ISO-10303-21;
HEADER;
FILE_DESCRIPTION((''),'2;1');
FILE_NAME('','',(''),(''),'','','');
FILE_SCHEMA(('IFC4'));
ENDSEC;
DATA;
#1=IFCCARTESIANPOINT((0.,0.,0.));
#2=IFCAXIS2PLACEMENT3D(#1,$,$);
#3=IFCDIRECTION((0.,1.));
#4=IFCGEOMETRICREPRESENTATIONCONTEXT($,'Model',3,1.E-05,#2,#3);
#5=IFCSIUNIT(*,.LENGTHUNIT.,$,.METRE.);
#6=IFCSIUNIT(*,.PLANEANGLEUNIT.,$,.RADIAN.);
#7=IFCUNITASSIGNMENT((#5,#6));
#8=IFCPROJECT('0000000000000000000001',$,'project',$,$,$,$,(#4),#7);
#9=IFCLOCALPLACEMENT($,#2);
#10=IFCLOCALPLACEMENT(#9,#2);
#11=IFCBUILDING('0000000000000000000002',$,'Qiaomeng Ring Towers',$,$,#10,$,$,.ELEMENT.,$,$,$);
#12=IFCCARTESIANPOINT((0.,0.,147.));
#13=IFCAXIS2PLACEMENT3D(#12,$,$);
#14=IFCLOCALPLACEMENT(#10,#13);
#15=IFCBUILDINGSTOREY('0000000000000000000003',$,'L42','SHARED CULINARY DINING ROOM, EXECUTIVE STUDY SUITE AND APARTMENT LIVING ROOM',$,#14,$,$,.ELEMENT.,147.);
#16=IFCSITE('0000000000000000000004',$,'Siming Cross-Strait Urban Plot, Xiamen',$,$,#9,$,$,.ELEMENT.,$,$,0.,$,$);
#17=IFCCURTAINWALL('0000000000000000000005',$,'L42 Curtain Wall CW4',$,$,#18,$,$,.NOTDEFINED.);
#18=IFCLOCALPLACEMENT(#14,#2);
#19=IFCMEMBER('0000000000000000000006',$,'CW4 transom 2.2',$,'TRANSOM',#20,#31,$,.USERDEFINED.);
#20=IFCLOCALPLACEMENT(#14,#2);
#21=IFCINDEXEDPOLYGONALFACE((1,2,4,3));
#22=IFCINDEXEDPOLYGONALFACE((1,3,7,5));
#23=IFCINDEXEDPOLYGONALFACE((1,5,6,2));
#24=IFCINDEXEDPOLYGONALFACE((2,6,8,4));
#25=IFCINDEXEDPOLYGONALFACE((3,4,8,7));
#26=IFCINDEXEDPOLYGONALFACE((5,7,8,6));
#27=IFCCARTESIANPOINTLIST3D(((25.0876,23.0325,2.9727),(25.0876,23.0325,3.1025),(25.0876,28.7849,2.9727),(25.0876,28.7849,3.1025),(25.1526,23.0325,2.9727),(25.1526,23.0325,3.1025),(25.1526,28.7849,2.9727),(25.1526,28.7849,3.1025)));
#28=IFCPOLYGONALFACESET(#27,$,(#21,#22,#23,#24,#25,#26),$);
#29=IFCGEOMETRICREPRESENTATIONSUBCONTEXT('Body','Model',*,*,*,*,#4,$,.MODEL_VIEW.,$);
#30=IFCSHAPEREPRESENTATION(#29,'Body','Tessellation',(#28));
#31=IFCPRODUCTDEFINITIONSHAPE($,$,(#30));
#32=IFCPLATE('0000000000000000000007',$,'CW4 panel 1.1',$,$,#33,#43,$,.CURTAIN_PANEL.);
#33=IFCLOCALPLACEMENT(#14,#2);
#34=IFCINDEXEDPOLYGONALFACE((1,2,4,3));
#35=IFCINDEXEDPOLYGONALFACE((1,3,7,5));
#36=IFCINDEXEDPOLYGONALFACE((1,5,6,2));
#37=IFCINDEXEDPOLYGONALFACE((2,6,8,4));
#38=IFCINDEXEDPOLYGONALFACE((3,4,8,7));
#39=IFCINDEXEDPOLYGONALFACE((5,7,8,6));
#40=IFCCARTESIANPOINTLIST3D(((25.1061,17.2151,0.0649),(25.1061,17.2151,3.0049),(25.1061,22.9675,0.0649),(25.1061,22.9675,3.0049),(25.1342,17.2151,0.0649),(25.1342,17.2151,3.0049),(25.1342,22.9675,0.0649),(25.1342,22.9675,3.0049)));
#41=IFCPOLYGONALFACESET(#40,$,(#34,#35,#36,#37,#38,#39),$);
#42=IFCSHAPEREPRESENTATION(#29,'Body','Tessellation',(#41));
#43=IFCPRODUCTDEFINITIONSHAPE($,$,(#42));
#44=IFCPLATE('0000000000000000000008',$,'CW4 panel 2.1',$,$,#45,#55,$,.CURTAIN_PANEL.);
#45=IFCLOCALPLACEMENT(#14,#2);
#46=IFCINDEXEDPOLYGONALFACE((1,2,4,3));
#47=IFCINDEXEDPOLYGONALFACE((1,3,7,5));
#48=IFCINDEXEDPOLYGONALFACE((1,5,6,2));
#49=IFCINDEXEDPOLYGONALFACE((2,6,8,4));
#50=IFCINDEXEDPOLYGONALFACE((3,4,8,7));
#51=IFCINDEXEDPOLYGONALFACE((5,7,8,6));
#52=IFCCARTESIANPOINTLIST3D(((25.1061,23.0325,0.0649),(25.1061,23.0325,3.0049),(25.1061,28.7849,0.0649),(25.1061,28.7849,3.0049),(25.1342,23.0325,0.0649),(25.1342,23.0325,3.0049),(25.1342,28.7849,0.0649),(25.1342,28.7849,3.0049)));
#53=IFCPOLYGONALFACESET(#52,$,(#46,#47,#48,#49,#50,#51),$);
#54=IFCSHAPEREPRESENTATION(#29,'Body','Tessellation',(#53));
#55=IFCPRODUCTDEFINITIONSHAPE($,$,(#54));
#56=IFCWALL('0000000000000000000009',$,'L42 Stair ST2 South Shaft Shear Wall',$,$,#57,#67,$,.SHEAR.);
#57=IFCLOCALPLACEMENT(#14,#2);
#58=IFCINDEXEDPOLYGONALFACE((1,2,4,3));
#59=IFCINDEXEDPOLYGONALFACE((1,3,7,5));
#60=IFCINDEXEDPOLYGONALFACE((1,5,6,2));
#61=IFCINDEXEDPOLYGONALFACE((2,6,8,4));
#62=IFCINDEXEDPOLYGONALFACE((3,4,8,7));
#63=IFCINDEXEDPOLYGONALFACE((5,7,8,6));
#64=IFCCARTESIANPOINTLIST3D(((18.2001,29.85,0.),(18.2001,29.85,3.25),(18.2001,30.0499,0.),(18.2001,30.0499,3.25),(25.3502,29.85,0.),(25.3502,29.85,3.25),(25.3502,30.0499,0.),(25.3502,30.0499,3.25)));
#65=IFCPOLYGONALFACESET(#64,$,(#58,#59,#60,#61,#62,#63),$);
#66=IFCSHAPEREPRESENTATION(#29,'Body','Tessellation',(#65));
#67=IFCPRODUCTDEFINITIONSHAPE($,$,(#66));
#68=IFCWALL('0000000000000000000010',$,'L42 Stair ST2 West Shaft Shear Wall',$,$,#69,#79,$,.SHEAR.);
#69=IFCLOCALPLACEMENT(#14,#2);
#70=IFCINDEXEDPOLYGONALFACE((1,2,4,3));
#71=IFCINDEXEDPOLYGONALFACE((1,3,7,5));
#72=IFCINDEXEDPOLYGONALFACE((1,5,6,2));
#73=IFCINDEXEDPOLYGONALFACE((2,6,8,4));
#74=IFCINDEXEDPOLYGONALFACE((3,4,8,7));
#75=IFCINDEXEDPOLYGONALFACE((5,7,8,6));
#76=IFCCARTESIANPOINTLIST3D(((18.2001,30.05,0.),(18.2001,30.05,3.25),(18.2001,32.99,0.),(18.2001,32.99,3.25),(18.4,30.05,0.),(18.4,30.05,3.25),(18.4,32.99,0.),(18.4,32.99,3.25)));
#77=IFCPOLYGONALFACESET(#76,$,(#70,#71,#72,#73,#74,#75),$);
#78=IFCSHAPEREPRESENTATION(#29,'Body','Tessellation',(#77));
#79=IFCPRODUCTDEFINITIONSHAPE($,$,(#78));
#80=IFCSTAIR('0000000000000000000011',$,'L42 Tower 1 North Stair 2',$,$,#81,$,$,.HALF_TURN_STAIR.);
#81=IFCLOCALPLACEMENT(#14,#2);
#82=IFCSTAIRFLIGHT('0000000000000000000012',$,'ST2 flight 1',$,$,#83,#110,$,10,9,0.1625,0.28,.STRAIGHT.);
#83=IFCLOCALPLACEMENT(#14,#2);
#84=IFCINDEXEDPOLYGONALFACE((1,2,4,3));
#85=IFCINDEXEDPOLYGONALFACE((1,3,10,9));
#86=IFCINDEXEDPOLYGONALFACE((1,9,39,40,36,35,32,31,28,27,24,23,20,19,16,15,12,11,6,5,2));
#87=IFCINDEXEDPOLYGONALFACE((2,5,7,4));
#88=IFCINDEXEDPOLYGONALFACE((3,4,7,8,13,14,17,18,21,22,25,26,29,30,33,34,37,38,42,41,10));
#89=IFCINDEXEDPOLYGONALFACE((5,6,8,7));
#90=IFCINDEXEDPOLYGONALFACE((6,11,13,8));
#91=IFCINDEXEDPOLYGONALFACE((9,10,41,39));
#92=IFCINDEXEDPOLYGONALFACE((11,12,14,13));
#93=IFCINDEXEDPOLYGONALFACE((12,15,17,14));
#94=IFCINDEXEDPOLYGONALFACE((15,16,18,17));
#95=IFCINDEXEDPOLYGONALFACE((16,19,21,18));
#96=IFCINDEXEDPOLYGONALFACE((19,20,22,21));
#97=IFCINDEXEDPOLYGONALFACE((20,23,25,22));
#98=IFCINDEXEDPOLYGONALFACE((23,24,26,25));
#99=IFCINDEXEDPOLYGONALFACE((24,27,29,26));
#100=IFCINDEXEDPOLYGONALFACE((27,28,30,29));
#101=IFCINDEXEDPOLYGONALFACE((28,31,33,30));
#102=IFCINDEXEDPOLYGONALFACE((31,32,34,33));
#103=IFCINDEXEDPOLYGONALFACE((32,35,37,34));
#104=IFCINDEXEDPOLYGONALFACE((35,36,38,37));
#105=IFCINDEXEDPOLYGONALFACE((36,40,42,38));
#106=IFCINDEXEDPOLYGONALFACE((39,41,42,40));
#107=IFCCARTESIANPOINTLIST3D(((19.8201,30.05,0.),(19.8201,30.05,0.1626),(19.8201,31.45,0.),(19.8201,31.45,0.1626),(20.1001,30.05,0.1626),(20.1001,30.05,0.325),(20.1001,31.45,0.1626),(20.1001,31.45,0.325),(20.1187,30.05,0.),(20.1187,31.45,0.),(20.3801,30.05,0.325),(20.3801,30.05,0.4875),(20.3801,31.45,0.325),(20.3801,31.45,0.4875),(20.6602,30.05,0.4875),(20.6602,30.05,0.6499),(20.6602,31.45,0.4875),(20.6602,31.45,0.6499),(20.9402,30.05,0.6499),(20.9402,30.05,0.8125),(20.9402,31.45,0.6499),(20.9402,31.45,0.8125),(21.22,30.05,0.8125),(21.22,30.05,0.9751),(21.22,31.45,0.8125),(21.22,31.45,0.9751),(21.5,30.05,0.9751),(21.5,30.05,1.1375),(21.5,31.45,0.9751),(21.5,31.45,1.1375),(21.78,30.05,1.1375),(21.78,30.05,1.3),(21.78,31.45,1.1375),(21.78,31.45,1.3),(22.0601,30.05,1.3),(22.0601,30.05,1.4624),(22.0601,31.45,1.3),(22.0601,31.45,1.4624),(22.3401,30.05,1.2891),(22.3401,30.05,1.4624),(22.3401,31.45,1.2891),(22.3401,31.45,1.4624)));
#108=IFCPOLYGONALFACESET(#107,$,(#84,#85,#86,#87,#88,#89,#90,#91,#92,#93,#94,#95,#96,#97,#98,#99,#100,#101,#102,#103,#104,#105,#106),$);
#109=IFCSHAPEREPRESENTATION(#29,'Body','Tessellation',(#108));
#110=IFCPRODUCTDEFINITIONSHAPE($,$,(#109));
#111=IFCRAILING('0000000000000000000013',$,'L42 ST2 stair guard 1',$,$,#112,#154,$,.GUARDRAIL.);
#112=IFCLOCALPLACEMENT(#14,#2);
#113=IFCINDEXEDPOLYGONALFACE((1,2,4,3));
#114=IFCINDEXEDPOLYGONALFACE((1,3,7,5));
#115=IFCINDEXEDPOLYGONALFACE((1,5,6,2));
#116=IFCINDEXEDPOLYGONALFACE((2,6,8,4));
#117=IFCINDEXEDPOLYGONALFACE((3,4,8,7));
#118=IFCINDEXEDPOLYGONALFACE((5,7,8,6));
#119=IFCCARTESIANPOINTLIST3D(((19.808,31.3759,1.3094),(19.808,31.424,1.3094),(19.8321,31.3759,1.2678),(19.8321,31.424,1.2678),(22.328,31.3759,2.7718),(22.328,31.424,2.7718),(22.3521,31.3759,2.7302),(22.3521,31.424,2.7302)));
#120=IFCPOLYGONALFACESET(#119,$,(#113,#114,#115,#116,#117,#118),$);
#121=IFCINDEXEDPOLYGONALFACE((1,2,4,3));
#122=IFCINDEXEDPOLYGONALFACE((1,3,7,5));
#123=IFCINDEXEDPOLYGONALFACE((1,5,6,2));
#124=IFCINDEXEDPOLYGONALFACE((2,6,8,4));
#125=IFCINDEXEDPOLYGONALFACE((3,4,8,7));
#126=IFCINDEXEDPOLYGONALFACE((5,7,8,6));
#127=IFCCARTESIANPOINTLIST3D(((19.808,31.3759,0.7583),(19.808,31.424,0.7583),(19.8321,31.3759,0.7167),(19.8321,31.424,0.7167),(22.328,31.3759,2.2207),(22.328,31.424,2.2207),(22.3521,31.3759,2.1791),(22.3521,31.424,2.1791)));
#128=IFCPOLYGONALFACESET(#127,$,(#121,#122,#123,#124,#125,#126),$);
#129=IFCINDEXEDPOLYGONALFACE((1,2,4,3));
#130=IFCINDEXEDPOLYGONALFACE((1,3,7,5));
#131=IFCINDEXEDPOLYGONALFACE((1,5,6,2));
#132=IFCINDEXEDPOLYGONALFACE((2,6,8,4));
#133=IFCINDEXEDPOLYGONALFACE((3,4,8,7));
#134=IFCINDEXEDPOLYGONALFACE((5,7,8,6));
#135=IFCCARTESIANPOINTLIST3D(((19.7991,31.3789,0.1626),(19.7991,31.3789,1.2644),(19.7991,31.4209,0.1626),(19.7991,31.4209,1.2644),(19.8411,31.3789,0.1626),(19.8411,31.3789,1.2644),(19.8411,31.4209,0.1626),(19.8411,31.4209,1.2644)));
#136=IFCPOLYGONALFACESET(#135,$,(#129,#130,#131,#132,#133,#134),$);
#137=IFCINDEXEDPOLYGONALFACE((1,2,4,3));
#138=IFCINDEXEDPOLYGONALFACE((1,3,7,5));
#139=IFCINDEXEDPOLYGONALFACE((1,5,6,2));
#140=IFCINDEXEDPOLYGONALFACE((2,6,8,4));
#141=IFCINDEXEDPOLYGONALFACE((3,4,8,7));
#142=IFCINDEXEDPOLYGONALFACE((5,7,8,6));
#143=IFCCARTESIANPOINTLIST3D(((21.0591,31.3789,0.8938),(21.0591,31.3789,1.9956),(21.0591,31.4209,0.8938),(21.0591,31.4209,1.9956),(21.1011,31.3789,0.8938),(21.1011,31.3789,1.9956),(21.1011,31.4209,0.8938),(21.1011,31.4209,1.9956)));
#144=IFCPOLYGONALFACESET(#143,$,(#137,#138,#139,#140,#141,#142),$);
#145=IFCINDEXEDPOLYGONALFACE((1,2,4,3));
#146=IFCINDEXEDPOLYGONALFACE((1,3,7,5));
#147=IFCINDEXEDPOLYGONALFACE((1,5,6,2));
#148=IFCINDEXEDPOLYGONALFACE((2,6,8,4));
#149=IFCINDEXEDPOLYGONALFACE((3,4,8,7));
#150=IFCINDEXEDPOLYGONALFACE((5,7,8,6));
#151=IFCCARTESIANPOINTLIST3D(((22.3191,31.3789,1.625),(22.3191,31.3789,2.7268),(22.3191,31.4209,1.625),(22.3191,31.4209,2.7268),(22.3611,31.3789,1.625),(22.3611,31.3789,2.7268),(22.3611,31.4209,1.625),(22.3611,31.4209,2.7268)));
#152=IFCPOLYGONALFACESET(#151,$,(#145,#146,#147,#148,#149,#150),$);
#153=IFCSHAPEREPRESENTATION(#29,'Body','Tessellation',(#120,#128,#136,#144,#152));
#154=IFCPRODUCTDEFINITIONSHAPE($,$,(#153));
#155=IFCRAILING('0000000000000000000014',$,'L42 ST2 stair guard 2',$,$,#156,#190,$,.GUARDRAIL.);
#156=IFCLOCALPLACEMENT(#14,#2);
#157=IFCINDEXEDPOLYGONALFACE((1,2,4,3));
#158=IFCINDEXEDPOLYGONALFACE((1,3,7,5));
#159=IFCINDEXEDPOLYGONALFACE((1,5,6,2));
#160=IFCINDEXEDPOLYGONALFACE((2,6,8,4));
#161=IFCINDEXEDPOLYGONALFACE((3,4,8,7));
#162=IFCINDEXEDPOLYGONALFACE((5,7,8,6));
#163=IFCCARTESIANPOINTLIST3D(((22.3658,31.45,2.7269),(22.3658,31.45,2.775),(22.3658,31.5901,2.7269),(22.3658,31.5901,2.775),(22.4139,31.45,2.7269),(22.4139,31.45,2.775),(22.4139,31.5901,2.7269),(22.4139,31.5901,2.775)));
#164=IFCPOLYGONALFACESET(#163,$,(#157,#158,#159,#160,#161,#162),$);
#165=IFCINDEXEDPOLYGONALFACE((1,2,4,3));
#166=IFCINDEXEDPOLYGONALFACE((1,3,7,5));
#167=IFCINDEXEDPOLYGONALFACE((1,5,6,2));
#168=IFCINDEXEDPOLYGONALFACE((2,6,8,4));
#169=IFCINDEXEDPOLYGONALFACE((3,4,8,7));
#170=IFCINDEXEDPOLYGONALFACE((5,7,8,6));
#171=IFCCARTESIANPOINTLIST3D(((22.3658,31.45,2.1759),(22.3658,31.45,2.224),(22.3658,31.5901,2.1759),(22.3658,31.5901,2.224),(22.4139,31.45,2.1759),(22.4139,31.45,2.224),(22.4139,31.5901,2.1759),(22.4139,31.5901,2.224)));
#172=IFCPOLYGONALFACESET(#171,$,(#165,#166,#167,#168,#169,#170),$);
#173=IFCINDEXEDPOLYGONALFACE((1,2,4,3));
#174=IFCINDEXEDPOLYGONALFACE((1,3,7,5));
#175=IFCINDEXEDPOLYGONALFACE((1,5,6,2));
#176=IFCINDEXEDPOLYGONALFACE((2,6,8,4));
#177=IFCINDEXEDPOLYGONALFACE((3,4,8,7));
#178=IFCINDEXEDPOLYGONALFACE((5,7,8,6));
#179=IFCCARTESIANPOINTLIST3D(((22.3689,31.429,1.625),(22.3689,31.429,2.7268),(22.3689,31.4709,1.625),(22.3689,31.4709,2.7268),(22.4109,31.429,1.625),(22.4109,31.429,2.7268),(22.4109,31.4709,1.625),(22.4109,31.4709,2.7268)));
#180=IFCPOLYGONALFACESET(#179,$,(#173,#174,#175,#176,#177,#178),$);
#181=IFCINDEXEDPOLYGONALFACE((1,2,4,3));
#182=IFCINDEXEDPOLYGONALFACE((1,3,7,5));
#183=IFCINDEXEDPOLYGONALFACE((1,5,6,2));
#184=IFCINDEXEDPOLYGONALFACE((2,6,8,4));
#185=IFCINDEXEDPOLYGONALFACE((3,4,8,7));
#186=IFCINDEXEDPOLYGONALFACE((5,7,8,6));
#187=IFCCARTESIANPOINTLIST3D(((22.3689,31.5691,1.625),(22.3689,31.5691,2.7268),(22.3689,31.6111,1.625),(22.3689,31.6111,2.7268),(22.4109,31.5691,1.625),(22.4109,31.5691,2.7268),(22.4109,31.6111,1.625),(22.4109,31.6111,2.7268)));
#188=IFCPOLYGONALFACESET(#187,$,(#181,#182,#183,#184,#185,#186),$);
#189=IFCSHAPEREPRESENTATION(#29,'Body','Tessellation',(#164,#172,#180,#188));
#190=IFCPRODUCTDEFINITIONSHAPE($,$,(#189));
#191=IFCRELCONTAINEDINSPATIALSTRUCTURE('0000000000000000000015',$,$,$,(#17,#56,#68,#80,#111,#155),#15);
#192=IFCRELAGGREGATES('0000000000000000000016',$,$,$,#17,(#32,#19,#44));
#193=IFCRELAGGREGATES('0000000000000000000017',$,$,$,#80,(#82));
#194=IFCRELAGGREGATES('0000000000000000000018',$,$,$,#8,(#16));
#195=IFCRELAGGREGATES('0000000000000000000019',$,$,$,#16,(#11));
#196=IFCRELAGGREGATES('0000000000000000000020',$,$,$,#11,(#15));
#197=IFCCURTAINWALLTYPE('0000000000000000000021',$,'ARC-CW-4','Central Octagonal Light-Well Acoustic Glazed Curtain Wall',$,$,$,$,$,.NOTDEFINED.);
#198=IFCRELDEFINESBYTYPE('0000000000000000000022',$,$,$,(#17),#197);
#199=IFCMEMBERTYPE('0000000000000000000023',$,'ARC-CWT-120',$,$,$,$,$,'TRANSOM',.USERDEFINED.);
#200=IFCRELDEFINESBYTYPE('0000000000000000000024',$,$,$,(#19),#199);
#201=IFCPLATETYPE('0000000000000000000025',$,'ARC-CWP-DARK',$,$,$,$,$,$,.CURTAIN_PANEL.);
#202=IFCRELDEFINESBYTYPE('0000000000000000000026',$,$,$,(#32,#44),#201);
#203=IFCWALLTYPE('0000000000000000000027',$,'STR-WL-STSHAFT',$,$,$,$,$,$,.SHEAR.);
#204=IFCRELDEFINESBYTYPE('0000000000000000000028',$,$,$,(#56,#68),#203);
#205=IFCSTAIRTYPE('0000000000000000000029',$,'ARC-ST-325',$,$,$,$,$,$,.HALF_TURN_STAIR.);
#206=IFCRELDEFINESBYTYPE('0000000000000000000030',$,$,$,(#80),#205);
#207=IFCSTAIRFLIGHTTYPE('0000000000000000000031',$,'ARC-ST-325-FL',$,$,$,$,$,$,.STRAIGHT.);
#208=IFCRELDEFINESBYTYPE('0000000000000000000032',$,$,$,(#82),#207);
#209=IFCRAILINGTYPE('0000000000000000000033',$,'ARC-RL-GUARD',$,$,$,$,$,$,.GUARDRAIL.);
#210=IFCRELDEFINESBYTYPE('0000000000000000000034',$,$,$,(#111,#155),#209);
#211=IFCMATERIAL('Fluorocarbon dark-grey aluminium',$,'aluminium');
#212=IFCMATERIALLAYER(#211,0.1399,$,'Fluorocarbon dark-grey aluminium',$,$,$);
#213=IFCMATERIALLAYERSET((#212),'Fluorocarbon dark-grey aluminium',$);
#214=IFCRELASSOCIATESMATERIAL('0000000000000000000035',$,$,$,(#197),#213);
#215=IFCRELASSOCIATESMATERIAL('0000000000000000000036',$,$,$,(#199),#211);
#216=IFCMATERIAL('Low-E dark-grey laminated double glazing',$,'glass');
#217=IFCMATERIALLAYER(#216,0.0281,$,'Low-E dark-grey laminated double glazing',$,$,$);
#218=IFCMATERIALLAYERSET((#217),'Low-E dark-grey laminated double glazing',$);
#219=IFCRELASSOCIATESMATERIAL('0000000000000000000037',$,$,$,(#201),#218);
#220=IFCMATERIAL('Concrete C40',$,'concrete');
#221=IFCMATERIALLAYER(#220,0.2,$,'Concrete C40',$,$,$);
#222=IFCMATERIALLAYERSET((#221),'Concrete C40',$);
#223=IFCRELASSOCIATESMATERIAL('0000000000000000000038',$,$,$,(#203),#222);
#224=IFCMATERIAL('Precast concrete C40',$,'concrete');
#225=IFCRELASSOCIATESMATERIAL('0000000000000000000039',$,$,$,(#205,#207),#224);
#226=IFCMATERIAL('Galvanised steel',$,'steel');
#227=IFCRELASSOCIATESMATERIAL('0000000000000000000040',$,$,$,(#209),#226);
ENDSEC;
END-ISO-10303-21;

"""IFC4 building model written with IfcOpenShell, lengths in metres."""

from ifc_helpers import new_model, si_unit, direction, frame, frame_2d, origin, origin_2d, place, context, subcontext, project, spatial, polyline, rectangle, outline, extrude, source, transform, mapped, material, layer, layer_set, material_profile, profile_set, type_object, element, aggregate, save


model = new_model("IFC4")

# Units and contexts
model_context = context("Model", 3, precision=1e-05, world=origin(), true_north=direction((0.0, 1.0)))
body_context = subcontext(model_context, "Body", "Model", "MODEL_VIEW")
ifc_project = project(units=[si_unit("LENGTHUNIT", "METRE"), si_unit("PLANEANGLEUNIT", "RADIAN")], contexts=[model_context])

# Site, building, storey
site_placement = place(None, origin())
site = spatial("IfcSite", under=ifc_project, at=site_placement, Name="Siming Cross-Strait Urban Plot, Xiamen", CompositionType="ELEMENT", RefElevation=0.0)
building_placement = place(site_placement, origin())
building = spatial("IfcBuilding", under=site, at=building_placement, Name="Qiaomeng Ring Towers", CompositionType="ELEMENT")
storey_placement = place(building_placement, frame((0.0, 0.0, 147.0)))
storey = spatial("IfcBuildingStorey", under=building, at=storey_placement, Name="L42", Description="SHARED CULINARY DINING ROOM, EXECUTIVE STUDY SUITE AND APARTMENT LIVING ROOM", CompositionType="ELEMENT", Elevation=147.0)

# Curtain wall, member, plates
ifc_material_1 = material(Name="Fluorocarbon dark-grey aluminium", Category="aluminium")
ifc_layer_1 = layer(ifc_material_1, 0.1399, Name="Fluorocarbon dark-grey aluminium")
ifc_layer_set_1 = layer_set([ifc_layer_1], Name="Fluorocarbon dark-grey aluminium")
curtain_wall_type = type_object("IfcCurtainWallType", Name="ARC-CW-4", Description="Central Octagonal Light-Well Acoustic Glazed Curtain Wall", PredefinedType="NOTDEFINED", material=ifc_layer_set_1)
curtain_wall_placement = place(storey_placement, origin())
curtain_wall = element("IfcCurtainWall", 1, at=curtain_wall_placement, inside=storey, type_object=curtain_wall_type, Name="L42 Curtain Wall CW4", PredefinedType="NOTDEFINED")
ifc_material_profile_1 = material_profile(ifc_material_1, rectangle(XDim=0.0649, YDim=0.1299, at=origin_2d()), Name="ALU TRAN 65x130")
ifc_profile_set_1 = profile_set([ifc_material_profile_1], Name="Fluorocarbon dark-grey aluminium")
member_type_1 = type_object("IfcMemberType", Name="ARC-CWT-120", ElementType="TRANSOM", PredefinedType="USERDEFINED", material=ifc_profile_set_1)
shared_shape_1 = source(origin(), body_context, "Body", "SweptSolid", [
    extrude(rectangle(XDim=0.0649, YDim=0.1299, at=origin_2d()), origin(), (0.0, 0.0, 1.0), 5.7524),
])
member_1_placement = place(storey_placement, frame((25.1201, 23.0325, 3.0376), z_axis=(0.0, 1.0, 0.0), x_axis=(-1.0, 0.0, 0.0)))
member_1 = element("IfcMember", 2, at=member_1_placement, type_object=member_type_1, Name="CW4 transom 2.2", ObjectType="TRANSOM", PredefinedType="USERDEFINED", context=body_context, shape_type="MappedRepresentation", body=[
    mapped(shared_shape_1, transform((0.0, 0.0, 0.0), x_axis=(1.0, 0.0, 0.0), y_axis=(0.0, 1.0, 0.0), z_axis=(0.0, 0.0, 1.0), scale=1.0)),
])
ifc_material_2 = material(Name="Low-E dark-grey laminated double glazing", Category="glass")
ifc_layer_2 = layer(ifc_material_2, 0.0281, Name="Low-E dark-grey laminated double glazing")
ifc_layer_set_2 = layer_set([ifc_layer_2], Name="Low-E dark-grey laminated double glazing")
plate_type = type_object("IfcPlateType", Name="ARC-CWP-DARK", PredefinedType="CURTAIN_PANEL", material=ifc_layer_set_2)
shared_shape_2 = source(origin(), body_context, "Body", "SweptSolid", [
    extrude(rectangle(XDim=5.7524, YDim=0.0281, at=origin_2d()), origin(), (0.0, 0.0, 1.0), 2.9399),
])
plate_1_placement = place(storey_placement, frame((25.1201, 20.0913, 0.0649), z_axis=(0.0, 0.0, 1.0), x_axis=(0.0, 1.0, 0.0)))
plate_1 = element("IfcPlate", 3, at=plate_1_placement, type_object=plate_type, Name="CW4 panel 1.1", PredefinedType="CURTAIN_PANEL", context=body_context, shape_type="MappedRepresentation", body=[
    mapped(shared_shape_2, transform((0.0, 0.0, 0.0), x_axis=(1.0, 0.0, 0.0), y_axis=(0.0, 1.0, 0.0), z_axis=(0.0, 0.0, 1.0), scale=1.0)),
])
plate_2_placement = place(storey_placement, frame((25.1201, 25.9087, 0.0649), z_axis=(0.0, 0.0, 1.0), x_axis=(0.0, 1.0, 0.0)))
plate_2 = element("IfcPlate", 4, at=plate_2_placement, type_object=plate_type, Name="CW4 panel 2.1", PredefinedType="CURTAIN_PANEL", context=body_context, shape_type="MappedRepresentation", body=[
    mapped(shared_shape_2, transform((0.0, 0.0, 0.0), x_axis=(1.0, 0.0, 0.0), y_axis=(0.0, 1.0, 0.0), z_axis=(0.0, 0.0, 1.0), scale=1.0)),
])
aggregate(curtain_wall, [plate_1, member_1, plate_2])

# Walls
ifc_material_3 = material(Name="Concrete C40", Category="concrete")
ifc_layer_3 = layer(ifc_material_3, 0.2, Name="Concrete C40")
ifc_layer_set_3 = layer_set([ifc_layer_3], Name="Concrete C40")
wall_type = type_object("IfcWallType", Name="STR-WL-STSHAFT", PredefinedType="SHEAR", material=ifc_layer_set_3)
wall_1_placement = place(storey_placement, frame((18.2, 29.95, 0.0), z_axis=(0.0, 0.0, 1.0), x_axis=(1.0, 0.0, 0.0)))
element("IfcWall", 5, at=wall_1_placement, inside=storey, type_object=wall_type, Name="L42 Stair ST2 South Shaft Shear Wall", PredefinedType="SHEAR", context=body_context, shape_type="SweptSolid", body=[
    extrude(rectangle(XDim=7.1501, YDim=0.2, at=frame_2d((3.5752, 0.0))), origin(), (0.0, 0.0, 1.0), 3.25),
])
wall_2_placement = place(storey_placement, frame((18.3, 30.05, 0.0), z_axis=(0.0, 0.0, 1.0), x_axis=(0.0, 1.0, 0.0)))
element("IfcWall", 6, at=wall_2_placement, inside=storey, type_object=wall_type, Name="L42 Stair ST2 West Shaft Shear Wall", PredefinedType="SHEAR", context=body_context, shape_type="SweptSolid", body=[
    extrude(rectangle(XDim=2.9399, YDim=0.2, at=frame_2d((1.47, 0.0))), origin(), (0.0, 0.0, 1.0), 3.25),
])

# Stair, stair flight
ifc_material_4 = material(Name="Precast concrete C40", Category="concrete")
stair_type = type_object("IfcStairType", Name="ARC-ST-325", PredefinedType="HALF_TURN_STAIR", material=ifc_material_4)
stair_placement = place(storey_placement, origin())
stair = element("IfcStair", 7, at=stair_placement, inside=storey, type_object=stair_type, Name="L42 Tower 1 North Stair 2", PredefinedType="HALF_TURN_STAIR")
stair_flight_type = type_object("IfcStairFlightType", Name="ARC-ST-325-FL", PredefinedType="STRAIGHT", material=ifc_material_4)
shared_shape_3 = source(origin(), body_context, "Body", "SweptSolid", [
    extrude(outline(polyline([(0.0, 0.0), (0.0, 0.1626), (0.28, 0.1626), (0.28, 0.325), (0.5601, 0.325), (0.5601, 0.4875), (0.8401, 0.4875), (0.8401, 0.6499), (1.1201, 0.6499), (1.1201, 0.8125), (1.3999, 0.8125), (1.3999, 0.9751), (1.6799, 0.9751), (1.6799, 1.1375), (1.96, 1.1375), (1.96, 1.3), (2.24, 1.3), (2.24, 1.4624), (2.52, 1.4624), (2.52, 1.625), (2.52, 1.2891), (0.2986, 0.0), (0.0, 0.0)])), frame((0.0, 0.7, 0.0), z_axis=(0.0, -1.0, 0.0), x_axis=(1.0, 0.0, 0.0)), (0.0, 0.0, 1.0), 1.3999),
])
stair_flight_placement = place(storey_placement, frame((19.8201, 30.75, 0.0), z_axis=(0.0, 0.0, 1.0), x_axis=(1.0, 0.0, 0.0)))
stair_flight = element("IfcStairFlight", 8, at=stair_flight_placement, type_object=stair_flight_type, Name="ST2 flight 1", NumberOfRisers=10, NumberOfTreads=9, PredefinedType="STRAIGHT", RiserHeight=0.1625, TreadLength=0.28, context=body_context, shape_type="MappedRepresentation", body=[
    mapped(shared_shape_3, transform((0.0, 0.0, 0.0), x_axis=(1.0, 0.0, 0.0), y_axis=(0.0, 1.0, 0.0), z_axis=(0.0, 0.0, 1.0), scale=1.0)),
])
aggregate(stair, [stair_flight])

# Railings
ifc_material_5 = material(Name="Galvanised steel", Category="steel")
railing_type_1 = type_object("IfcRailingType", Name="ARC-RL-GUARD", PredefinedType="GUARDRAIL", material=ifc_material_5)
railing_1_placement = place(storey_placement, frame((19.8201, 31.3999, 0.1626)))
element("IfcRailing", 9, at=railing_1_placement, inside=storey, type_object=railing_type_1, Name="L42 ST2 stair guard 1", PredefinedType="GUARDRAIL", context=body_context, shape_type="SweptSolid", body=[
    extrude(rectangle(XDim=0.0481, YDim=0.0481, at=origin_2d()), frame((0.0, 0.0, 1.126), z_axis=(0.864913, 0.0, 0.501921), x_axis=(0.0, 1.0, 0.0)), (0.0, 0.0, 1.0), 2.9136),
    extrude(rectangle(XDim=0.0481, YDim=0.0481, at=origin_2d()), frame((0.0, 0.0, 0.575), z_axis=(0.864913, 0.0, 0.501921), x_axis=(0.0, 1.0, 0.0)), (0.0, 0.0, 1.0), 2.9136),
    extrude(rectangle(XDim=0.042, YDim=0.042, at=origin_2d()), origin(), (0.0, 0.0, 1.0), 1.1018),
    extrude(rectangle(XDim=0.042, YDim=0.042, at=origin_2d()), frame((1.26, 0.0, 0.7312)), (0.0, 0.0, 1.0), 1.1018),
    extrude(rectangle(XDim=0.042, YDim=0.042, at=origin_2d()), frame((2.52, 0.0, 1.4624)), (0.0, 0.0, 1.0), 1.1018),
])
for number, where, name in (
    (10, (22.3899, 31.45, 1.625), "L42 ST2 stair guard 2"),
):
    element("IfcRailing", number, at=place(storey_placement, frame(where)), inside=storey, type_object=railing_type_1, Name=name, PredefinedType="GUARDRAIL", context=body_context, shape_type="SweptSolid", body=[
        extrude(rectangle(XDim=0.0481, YDim=0.0481, at=origin_2d()), frame((0.0, 0.0, 1.126), z_axis=(0.0, 1.0, 0.0), x_axis=(-1.0, 0.0, 0.0)), (0.0, 0.0, 1.0), 0.1401),
        extrude(rectangle(XDim=0.0481, YDim=0.0481, at=origin_2d()), frame((0.0, 0.0, 0.575), z_axis=(0.0, 1.0, 0.0), x_axis=(-1.0, 0.0, 0.0)), (0.0, 0.0, 1.0), 0.1401),
        extrude(rectangle(XDim=0.042, YDim=0.042, at=origin_2d()), origin(), (0.0, 0.0, 1.0), 1.1018),
        extrude(rectangle(XDim=0.042, YDim=0.042, at=origin_2d()), frame((0.0, 0.1401, 0.0)), (0.0, 0.0, 1.0), 1.1018),
    ])

save(model, "model.ifc")
